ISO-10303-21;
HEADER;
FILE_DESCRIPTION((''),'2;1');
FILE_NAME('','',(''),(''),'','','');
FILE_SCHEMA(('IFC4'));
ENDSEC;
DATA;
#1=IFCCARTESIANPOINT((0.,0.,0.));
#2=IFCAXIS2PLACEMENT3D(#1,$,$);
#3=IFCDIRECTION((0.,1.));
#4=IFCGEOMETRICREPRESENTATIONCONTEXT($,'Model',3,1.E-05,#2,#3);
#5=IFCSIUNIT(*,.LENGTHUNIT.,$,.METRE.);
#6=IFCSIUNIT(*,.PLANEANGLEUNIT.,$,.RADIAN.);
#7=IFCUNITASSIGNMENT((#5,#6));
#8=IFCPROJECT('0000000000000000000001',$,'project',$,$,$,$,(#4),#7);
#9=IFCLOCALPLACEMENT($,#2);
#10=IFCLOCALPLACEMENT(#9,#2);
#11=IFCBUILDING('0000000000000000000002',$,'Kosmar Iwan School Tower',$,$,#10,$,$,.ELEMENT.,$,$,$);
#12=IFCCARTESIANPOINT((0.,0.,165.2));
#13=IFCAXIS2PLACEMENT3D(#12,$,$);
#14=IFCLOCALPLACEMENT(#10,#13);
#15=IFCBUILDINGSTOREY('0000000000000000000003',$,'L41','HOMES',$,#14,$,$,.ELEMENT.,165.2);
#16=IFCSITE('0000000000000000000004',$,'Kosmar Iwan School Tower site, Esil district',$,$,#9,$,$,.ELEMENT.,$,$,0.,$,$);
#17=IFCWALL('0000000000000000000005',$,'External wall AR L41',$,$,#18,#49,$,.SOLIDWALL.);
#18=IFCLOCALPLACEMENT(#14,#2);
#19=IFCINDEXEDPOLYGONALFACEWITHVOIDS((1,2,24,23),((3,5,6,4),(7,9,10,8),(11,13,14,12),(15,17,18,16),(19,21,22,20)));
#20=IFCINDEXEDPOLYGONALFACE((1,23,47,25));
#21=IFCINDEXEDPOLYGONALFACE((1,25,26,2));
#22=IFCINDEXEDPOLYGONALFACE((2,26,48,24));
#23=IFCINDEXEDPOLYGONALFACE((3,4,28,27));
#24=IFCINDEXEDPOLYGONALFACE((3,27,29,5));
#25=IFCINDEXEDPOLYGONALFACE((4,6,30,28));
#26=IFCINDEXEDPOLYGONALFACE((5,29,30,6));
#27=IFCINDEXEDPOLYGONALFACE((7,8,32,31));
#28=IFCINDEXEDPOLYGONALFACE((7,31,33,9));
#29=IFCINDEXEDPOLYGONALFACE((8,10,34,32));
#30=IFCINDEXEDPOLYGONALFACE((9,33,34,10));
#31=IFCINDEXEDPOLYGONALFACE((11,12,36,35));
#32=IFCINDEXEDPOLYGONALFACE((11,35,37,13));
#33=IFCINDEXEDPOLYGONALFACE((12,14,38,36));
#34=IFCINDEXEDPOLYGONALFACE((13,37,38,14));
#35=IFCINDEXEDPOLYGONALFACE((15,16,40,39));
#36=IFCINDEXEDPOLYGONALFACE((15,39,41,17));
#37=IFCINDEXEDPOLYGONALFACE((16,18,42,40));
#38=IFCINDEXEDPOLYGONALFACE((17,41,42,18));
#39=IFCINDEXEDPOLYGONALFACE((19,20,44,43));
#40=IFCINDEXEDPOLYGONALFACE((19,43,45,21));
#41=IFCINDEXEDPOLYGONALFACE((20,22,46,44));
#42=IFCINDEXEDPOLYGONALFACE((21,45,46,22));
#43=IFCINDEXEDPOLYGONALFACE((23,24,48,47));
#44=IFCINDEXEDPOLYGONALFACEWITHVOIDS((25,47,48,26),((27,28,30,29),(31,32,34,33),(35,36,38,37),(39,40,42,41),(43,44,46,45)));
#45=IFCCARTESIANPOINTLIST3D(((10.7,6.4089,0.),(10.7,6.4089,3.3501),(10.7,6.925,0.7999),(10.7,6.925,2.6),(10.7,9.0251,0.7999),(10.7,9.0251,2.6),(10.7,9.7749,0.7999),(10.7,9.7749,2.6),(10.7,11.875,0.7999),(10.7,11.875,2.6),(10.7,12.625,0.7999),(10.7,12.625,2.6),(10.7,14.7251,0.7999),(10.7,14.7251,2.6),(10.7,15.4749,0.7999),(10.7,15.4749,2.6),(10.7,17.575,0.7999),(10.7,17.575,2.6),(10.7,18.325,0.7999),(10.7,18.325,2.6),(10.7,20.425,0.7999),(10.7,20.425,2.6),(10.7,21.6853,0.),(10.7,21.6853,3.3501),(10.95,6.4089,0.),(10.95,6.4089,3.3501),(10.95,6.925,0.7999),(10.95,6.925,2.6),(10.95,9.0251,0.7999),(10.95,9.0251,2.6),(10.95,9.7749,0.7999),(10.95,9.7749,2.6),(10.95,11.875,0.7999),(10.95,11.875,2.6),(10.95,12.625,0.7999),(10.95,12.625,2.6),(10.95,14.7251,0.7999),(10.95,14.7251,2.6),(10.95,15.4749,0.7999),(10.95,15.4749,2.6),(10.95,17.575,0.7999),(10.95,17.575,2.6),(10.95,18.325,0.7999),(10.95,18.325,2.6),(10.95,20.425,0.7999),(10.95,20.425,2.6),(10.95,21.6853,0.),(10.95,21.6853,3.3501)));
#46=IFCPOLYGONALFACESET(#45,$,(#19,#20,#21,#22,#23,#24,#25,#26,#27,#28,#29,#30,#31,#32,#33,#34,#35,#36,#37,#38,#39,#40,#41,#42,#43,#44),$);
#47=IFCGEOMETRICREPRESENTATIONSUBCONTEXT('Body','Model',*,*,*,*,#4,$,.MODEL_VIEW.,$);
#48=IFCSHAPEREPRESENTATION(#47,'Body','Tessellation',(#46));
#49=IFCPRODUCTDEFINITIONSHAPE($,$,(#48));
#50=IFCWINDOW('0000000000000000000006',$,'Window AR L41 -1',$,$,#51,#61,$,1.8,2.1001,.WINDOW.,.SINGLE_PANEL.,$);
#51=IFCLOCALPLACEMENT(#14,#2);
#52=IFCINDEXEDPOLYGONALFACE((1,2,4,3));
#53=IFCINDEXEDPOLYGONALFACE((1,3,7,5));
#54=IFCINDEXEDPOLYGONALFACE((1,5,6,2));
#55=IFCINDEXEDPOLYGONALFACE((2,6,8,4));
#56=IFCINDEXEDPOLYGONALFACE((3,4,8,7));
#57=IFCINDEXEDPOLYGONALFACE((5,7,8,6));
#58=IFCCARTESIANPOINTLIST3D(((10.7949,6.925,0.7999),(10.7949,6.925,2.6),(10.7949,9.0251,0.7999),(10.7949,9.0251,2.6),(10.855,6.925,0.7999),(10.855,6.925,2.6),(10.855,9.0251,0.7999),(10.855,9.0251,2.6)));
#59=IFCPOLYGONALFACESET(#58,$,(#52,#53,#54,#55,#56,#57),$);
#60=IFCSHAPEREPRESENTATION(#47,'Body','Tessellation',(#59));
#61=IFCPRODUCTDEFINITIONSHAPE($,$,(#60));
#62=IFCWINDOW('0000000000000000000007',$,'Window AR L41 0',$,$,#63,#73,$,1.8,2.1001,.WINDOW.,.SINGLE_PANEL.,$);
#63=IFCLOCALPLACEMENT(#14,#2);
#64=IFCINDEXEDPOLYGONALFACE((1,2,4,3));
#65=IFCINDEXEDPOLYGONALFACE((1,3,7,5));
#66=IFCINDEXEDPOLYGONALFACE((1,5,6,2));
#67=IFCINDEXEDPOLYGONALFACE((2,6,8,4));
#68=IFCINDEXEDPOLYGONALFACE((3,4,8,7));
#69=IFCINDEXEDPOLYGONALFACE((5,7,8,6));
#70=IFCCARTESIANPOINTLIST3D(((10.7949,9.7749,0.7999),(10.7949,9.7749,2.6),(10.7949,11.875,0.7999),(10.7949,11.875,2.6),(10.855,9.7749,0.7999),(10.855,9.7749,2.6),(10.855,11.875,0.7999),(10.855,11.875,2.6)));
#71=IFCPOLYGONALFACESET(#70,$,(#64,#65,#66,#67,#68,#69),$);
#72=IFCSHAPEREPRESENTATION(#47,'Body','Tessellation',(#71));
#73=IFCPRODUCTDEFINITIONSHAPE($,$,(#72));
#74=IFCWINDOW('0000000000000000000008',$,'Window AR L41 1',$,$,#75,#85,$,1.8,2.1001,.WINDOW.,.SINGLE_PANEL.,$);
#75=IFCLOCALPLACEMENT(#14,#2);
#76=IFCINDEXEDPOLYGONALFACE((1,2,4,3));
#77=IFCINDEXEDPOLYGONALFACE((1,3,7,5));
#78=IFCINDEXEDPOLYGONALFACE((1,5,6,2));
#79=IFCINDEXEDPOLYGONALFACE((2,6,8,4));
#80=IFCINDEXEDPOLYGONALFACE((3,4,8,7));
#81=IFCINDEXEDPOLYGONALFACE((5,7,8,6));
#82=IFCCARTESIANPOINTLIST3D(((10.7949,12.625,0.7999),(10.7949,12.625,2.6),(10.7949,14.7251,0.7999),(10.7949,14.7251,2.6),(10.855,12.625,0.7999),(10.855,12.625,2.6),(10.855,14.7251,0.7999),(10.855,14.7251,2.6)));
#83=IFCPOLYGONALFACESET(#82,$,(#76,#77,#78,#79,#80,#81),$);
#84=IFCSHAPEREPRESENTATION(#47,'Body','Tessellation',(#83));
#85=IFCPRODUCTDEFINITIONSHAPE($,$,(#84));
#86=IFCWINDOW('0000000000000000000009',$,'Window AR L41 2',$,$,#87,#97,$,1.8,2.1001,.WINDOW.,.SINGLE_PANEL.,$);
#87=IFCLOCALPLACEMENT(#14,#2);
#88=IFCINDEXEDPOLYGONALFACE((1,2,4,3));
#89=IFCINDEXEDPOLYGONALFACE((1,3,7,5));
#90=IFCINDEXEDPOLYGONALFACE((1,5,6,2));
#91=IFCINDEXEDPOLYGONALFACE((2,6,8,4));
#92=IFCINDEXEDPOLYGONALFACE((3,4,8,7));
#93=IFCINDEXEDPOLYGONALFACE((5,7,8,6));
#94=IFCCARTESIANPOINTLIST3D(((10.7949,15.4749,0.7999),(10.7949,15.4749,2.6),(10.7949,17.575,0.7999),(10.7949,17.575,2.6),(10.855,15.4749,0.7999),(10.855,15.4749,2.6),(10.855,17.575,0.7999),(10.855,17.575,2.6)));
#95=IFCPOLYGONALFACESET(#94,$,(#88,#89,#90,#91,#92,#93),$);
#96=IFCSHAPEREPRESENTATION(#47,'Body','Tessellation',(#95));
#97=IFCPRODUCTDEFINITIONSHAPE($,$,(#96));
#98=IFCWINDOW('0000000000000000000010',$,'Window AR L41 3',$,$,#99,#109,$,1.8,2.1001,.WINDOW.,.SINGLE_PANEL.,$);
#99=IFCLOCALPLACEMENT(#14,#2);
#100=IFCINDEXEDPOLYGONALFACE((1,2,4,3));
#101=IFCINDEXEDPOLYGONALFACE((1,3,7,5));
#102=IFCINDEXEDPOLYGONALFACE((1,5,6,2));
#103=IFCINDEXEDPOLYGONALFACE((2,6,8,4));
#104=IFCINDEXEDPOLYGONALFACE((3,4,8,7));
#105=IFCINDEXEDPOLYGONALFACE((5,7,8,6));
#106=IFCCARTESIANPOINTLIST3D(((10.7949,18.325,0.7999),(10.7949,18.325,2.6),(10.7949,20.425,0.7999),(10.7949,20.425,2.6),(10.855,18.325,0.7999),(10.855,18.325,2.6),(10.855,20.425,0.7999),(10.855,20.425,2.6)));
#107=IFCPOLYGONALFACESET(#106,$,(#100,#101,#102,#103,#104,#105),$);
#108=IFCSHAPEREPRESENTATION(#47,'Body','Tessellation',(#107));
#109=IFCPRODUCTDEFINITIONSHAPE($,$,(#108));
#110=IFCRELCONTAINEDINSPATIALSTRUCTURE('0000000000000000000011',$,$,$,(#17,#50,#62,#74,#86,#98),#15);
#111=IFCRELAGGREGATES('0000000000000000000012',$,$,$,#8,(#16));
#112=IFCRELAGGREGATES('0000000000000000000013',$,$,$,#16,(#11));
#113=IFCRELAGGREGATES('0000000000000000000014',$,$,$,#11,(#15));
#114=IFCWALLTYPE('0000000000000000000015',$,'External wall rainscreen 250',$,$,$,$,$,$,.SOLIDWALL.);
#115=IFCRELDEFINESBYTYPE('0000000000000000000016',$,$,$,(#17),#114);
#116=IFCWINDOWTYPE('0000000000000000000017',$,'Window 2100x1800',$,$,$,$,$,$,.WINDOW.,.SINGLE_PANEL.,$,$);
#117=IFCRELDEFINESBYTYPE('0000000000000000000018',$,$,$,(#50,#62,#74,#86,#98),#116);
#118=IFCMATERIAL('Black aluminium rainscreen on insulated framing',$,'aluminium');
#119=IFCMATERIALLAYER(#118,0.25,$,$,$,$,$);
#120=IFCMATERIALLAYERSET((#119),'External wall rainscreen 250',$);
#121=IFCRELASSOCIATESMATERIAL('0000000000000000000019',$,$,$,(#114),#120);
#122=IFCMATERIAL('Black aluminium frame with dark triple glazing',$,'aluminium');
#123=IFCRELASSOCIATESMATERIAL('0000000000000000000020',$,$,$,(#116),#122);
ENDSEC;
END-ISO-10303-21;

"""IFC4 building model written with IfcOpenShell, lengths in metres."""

from ifc_helpers import new_model, si_unit, direction, frame, frame_2d, origin, place, context, subcontext, project, spatial, rectangle, extrude, material, layer, layer_set, type_object, element, fill, save


model = new_model("IFC4")

# Units and contexts
model_context = context("Model", 3, precision=1e-05, world=origin(), true_north=direction((0.0, 1.0)))
body_context = subcontext(model_context, "Body", "Model", "MODEL_VIEW")
ifc_project = project(units=[si_unit("LENGTHUNIT", "METRE"), si_unit("PLANEANGLEUNIT", "RADIAN")], contexts=[model_context])

# Site, building, storey
site_placement = place(None, origin())
site = spatial("IfcSite", under=ifc_project, at=site_placement, Name="Kosmar Iwan School Tower site, Esil district", CompositionType="ELEMENT", RefElevation=0.0)
building_placement = place(site_placement, origin())
building = spatial("IfcBuilding", under=site, at=building_placement, Name="Kosmar Iwan School Tower", CompositionType="ELEMENT")
storey_placement = place(building_placement, frame((0.0, 0.0, 165.2)))
storey = spatial("IfcBuildingStorey", under=building, at=storey_placement, Name="L41", Description="HOMES", CompositionType="ELEMENT", Elevation=165.2)

# Wall, openings, windows
ifc_material_1 = material(Name="Black aluminium rainscreen on insulated framing", Category="aluminium")
ifc_layer_1 = layer(ifc_material_1, 0.25)
ifc_layer_set_1 = layer_set([ifc_layer_1], Name="External wall rainscreen 250")
wall_type_1 = type_object("IfcWallType", Name="External wall rainscreen 250", PredefinedType="SOLIDWALL", material=ifc_layer_set_1)
ifc_material_2 = material(Name="Black aluminium frame with dark triple glazing", Category="aluminium")
window_type = type_object("IfcWindowType", Name="Window 2100x1800", PartitioningType="SINGLE_PANEL", PredefinedType="WINDOW", material=ifc_material_2)
wall_1_placement = place(storey_placement, frame((10.825, 6.4089, 0.0), z_axis=(0.0, 0.0, 1.0), x_axis=(0.0, 1.0, 0.0)))
wall_1 = element("IfcWall", 1, at=wall_1_placement, inside=storey, type_object=wall_type_1, Name="External wall AR L41", PredefinedType="SOLIDWALL", context=body_context, shape_type="SweptSolid", body=[
    extrude(rectangle(XDim=15.2764, YDim=0.25, at=frame_2d((7.6382, 0.0))), origin(), (0.0, 0.0, 1.0), 3.3501),
])
opening_1_placement = place(wall_1_placement, frame((0.5161, 0.0, 0.8)))
opening_1 = element("IfcOpeningElement", 2, at=opening_1_placement, cuts=wall_1, PredefinedType="OPENING", context=body_context, shape_type="SweptSolid", body=[
    extrude(rectangle(XDim=2.1001, YDim=1.8, at=frame_2d((1.05, 0.8999))), frame((0.0, 0.137, 0.0), z_axis=(0.0, -1.0, 0.0), x_axis=(1.0, 0.0, 0.0)), (0.0, 0.0, 1.0), 0.2739),
])
opening_2_placement = place(wall_1_placement, frame((3.366, 0.0, 0.8)))
opening_2 = element("IfcOpeningElement", 3, at=opening_2_placement, cuts=wall_1, PredefinedType="OPENING", context=body_context, shape_type="SweptSolid", body=[
    extrude(rectangle(XDim=2.1001, YDim=1.8, at=frame_2d((1.05, 0.8999))), frame((0.0, 0.137, 0.0), z_axis=(0.0, -1.0, 0.0), x_axis=(1.0, 0.0, 0.0)), (0.0, 0.0, 1.0), 0.2739),
])
opening_3_placement = place(wall_1_placement, frame((6.2161, 0.0, 0.8)))
opening_3 = element("IfcOpeningElement", 4, at=opening_3_placement, cuts=wall_1, PredefinedType="OPENING", context=body_context, shape_type="SweptSolid", body=[
    extrude(rectangle(XDim=2.1001, YDim=1.8, at=frame_2d((1.05, 0.8999))), frame((0.0, 0.137, 0.0), z_axis=(0.0, -1.0, 0.0), x_axis=(1.0, 0.0, 0.0)), (0.0, 0.0, 1.0), 0.2739),
])
opening_4_placement = place(wall_1_placement, frame((9.0659, 0.0, 0.8)))
opening_4 = element("IfcOpeningElement", 5, at=opening_4_placement, cuts=wall_1, PredefinedType="OPENING", context=body_context, shape_type="SweptSolid", body=[
    extrude(rectangle(XDim=2.1001, YDim=1.8, at=frame_2d((1.05, 0.8999))), frame((0.0, 0.137, 0.0), z_axis=(0.0, -1.0, 0.0), x_axis=(1.0, 0.0, 0.0)), (0.0, 0.0, 1.0), 0.2739),
])
opening_5_placement = place(wall_1_placement, frame((11.916, 0.0, 0.8)))
opening_5 = element("IfcOpeningElement", 6, at=opening_5_placement, cuts=wall_1, PredefinedType="OPENING", context=body_context, shape_type="SweptSolid", body=[
    extrude(rectangle(XDim=2.1001, YDim=1.8, at=frame_2d((1.05, 0.8999))), frame((0.0, 0.137, 0.0), z_axis=(0.0, -1.0, 0.0), x_axis=(1.0, 0.0, 0.0)), (0.0, 0.0, 1.0), 0.2739),
])
window_1_placement = place(opening_1_placement, origin())
window_1 = element("IfcWindow", 7, at=window_1_placement, inside=storey, type_object=window_type, Name="Window AR L41 -1", OverallHeight=1.8, OverallWidth=2.1001, PartitioningType="SINGLE_PANEL", PredefinedType="WINDOW", context=body_context, shape_type="SweptSolid", body=[
    extrude(rectangle(XDim=2.1001, YDim=1.8, at=frame_2d((1.05, 0.8999))), frame((0.0, 0.03, 0.0), z_axis=(0.0, -1.0, 0.0), x_axis=(1.0, 0.0, 0.0)), (0.0, 0.0, 1.0), 0.0601),
])
fill(opening_1, window_1)
window_2_placement = place(opening_2_placement, origin())
window_2 = element("IfcWindow", 8, at=window_2_placement, inside=storey, type_object=window_type, Name="Window AR L41 0", OverallHeight=1.8, OverallWidth=2.1001, PartitioningType="SINGLE_PANEL", PredefinedType="WINDOW", context=body_context, shape_type="SweptSolid", body=[
    extrude(rectangle(XDim=2.1001, YDim=1.8, at=frame_2d((1.05, 0.8999))), frame((0.0, 0.03, 0.0), z_axis=(0.0, -1.0, 0.0), x_axis=(1.0, 0.0, 0.0)), (0.0, 0.0, 1.0), 0.0601),
])
fill(opening_2, window_2)
window_3_placement = place(opening_3_placement, origin())
window_3 = element("IfcWindow", 9, at=window_3_placement, inside=storey, type_object=window_type, Name="Window AR L41 1", OverallHeight=1.8, OverallWidth=2.1001, PartitioningType="SINGLE_PANEL", PredefinedType="WINDOW", context=body_context, shape_type="SweptSolid", body=[
    extrude(rectangle(XDim=2.1001, YDim=1.8, at=frame_2d((1.05, 0.8999))), frame((0.0, 0.03, 0.0), z_axis=(0.0, -1.0, 0.0), x_axis=(1.0, 0.0, 0.0)), (0.0, 0.0, 1.0), 0.0601),
])
fill(opening_3, window_3)
window_4_placement = place(opening_4_placement, origin())
window_4 = element("IfcWindow", 10, at=window_4_placement, inside=storey, type_object=window_type, Name="Window AR L41 2", OverallHeight=1.8, OverallWidth=2.1001, PartitioningType="SINGLE_PANEL", PredefinedType="WINDOW", context=body_context, shape_type="SweptSolid", body=[
    extrude(rectangle(XDim=2.1001, YDim=1.8, at=frame_2d((1.05, 0.8999))), frame((0.0, 0.03, 0.0), z_axis=(0.0, -1.0, 0.0), x_axis=(1.0, 0.0, 0.0)), (0.0, 0.0, 1.0), 0.0601),
])
fill(opening_4, window_4)
window_5_placement = place(opening_5_placement, origin())
window_5 = element("IfcWindow", 11, at=window_5_placement, inside=storey, type_object=window_type, Name="Window AR L41 3", OverallHeight=1.8, OverallWidth=2.1001, PartitioningType="SINGLE_PANEL", PredefinedType="WINDOW", context=body_context, shape_type="SweptSolid", body=[
    extrude(rectangle(XDim=2.1001, YDim=1.8, at=frame_2d((1.05, 0.8999))), frame((0.0, 0.03, 0.0), z_axis=(0.0, -1.0, 0.0), x_axis=(1.0, 0.0, 0.0)), (0.0, 0.0, 1.0), 0.0601),
])
fill(opening_5, window_5)

save(model, "model.ifc")
